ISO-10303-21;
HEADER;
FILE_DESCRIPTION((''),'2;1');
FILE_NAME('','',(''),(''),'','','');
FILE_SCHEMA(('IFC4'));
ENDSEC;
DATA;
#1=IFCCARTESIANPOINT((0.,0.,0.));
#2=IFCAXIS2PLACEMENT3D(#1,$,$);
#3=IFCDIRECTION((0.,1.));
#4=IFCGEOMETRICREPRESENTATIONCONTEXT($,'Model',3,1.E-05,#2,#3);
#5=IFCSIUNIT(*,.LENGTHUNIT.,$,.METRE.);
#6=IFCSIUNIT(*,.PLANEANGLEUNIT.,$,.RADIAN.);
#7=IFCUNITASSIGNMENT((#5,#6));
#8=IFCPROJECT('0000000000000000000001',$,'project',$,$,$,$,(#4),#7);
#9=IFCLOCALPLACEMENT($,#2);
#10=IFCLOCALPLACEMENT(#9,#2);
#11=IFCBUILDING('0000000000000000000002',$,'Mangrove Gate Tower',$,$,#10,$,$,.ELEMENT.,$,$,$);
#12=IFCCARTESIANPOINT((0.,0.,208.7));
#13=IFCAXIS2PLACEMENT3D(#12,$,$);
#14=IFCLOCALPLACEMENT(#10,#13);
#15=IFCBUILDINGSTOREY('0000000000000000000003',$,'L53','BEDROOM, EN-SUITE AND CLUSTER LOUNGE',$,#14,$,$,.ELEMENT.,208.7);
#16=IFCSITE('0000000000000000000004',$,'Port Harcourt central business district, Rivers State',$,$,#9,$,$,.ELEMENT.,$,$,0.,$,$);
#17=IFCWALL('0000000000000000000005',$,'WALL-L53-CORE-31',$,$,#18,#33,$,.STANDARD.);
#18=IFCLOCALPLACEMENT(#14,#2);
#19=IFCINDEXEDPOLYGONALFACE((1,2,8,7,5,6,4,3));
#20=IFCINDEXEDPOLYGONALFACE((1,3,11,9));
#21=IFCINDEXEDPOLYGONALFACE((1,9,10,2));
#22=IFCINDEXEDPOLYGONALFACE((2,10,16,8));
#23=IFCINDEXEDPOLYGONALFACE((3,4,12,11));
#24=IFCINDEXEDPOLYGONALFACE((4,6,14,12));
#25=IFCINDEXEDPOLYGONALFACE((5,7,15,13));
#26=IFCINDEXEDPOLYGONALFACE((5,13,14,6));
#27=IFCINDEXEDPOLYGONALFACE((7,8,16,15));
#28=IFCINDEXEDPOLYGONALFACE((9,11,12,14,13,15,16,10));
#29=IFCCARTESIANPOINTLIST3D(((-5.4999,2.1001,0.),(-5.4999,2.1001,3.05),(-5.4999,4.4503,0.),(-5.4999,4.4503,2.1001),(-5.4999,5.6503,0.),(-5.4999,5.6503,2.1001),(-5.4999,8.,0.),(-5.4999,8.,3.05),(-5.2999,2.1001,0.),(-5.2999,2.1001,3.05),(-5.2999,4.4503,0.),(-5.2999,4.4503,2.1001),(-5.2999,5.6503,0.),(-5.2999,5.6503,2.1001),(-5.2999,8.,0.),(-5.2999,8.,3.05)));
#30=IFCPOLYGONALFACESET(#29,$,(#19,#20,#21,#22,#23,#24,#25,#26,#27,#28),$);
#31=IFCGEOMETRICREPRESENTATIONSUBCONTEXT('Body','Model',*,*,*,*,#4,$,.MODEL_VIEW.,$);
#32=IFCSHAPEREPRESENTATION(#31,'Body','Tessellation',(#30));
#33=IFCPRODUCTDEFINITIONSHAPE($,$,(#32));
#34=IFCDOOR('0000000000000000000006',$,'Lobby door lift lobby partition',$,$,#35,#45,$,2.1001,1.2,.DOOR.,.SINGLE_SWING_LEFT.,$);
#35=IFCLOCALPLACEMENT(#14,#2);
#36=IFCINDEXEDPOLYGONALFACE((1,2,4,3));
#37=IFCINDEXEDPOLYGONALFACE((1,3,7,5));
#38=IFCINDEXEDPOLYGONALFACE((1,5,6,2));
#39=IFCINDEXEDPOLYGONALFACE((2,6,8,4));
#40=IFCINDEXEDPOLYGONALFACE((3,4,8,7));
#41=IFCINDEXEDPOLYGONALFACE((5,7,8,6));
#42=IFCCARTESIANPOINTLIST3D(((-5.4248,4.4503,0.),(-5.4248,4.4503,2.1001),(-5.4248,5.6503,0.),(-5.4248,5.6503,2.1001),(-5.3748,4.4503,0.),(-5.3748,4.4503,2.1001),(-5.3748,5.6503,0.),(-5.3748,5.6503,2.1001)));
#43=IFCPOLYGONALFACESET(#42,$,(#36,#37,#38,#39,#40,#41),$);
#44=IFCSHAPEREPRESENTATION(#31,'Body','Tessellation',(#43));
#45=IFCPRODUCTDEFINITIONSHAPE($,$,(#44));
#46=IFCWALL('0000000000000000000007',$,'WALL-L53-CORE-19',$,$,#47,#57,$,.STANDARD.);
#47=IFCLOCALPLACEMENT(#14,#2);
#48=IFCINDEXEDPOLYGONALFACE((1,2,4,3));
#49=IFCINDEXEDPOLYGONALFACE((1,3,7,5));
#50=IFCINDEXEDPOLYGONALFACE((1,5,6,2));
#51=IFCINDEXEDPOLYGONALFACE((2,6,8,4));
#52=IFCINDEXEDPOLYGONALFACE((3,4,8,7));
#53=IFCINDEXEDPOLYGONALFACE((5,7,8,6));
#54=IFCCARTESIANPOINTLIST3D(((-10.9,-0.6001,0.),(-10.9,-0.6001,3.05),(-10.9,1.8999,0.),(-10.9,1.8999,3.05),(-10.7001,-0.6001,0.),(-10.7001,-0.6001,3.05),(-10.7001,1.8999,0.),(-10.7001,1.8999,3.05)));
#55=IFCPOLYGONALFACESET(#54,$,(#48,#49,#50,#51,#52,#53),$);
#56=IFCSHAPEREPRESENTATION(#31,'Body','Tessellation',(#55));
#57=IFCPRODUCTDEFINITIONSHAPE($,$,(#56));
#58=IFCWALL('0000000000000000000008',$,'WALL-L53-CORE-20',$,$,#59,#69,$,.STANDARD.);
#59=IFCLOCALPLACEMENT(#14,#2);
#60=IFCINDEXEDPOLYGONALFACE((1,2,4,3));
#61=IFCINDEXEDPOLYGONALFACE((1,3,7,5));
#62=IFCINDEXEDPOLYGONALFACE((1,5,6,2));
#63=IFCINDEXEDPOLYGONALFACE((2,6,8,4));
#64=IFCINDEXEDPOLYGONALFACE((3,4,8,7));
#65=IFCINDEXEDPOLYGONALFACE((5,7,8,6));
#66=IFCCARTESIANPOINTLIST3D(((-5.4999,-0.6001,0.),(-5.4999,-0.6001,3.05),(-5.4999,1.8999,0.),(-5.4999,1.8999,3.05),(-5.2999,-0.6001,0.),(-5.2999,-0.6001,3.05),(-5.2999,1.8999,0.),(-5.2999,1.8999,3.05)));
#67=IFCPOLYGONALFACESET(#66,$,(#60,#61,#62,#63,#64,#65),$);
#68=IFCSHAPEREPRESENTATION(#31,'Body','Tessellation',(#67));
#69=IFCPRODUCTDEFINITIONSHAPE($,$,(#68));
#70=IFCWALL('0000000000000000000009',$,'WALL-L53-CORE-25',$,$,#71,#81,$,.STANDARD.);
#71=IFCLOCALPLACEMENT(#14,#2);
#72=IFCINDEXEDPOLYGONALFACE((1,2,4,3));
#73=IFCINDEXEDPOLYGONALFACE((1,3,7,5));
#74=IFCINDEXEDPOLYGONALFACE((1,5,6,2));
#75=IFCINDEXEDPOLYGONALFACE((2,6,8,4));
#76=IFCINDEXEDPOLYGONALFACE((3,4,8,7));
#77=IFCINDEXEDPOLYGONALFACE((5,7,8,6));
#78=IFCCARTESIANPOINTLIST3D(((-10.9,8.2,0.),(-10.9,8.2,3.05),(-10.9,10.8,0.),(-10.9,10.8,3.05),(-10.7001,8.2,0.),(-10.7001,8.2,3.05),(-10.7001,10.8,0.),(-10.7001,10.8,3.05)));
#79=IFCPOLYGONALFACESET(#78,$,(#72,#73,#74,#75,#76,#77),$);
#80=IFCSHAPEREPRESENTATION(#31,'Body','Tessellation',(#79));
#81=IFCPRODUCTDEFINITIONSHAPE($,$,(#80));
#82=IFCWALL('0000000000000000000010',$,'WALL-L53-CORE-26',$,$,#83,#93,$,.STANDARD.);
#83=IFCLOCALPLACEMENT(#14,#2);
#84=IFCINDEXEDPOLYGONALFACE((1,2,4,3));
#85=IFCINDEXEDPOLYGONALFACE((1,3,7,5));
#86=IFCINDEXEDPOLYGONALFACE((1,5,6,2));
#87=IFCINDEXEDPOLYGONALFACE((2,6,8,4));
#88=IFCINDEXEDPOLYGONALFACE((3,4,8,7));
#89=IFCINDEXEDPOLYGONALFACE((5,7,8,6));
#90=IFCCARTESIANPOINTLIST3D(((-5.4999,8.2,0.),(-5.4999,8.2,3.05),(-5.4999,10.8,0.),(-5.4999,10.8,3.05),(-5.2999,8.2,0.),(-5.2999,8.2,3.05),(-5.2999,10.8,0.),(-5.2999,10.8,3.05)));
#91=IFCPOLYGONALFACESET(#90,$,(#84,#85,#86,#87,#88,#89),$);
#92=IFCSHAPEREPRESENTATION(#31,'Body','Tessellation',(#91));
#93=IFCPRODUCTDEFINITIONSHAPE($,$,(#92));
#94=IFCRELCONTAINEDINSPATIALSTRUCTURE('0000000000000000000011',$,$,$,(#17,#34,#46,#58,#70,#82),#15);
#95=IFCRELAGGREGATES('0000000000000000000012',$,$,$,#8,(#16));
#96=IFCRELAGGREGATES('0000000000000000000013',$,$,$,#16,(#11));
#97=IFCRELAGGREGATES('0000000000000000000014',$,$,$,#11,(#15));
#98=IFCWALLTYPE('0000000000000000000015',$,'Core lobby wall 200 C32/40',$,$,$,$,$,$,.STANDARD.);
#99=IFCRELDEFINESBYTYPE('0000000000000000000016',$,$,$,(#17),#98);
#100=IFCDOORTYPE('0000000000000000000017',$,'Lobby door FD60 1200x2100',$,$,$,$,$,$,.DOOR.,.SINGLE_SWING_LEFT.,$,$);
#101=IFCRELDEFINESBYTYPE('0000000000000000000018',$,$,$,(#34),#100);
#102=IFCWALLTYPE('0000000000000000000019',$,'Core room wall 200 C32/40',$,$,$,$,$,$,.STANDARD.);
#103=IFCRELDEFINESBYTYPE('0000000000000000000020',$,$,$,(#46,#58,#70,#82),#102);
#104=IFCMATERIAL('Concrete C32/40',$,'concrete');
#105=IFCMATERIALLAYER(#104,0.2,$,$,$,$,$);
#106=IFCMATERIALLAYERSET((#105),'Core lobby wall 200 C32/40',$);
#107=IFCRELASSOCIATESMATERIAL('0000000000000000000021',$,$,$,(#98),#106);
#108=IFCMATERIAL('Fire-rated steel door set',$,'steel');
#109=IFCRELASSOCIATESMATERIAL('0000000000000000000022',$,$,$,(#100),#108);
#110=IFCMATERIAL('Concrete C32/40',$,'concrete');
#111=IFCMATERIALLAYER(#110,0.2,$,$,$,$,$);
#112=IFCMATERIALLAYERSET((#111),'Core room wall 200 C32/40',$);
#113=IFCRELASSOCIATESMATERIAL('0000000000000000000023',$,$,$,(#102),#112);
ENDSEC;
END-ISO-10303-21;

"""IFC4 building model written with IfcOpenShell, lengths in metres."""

from ifc_helpers import new_model, si_unit, direction, frame, frame_2d, origin, place, context, subcontext, project, spatial, rectangle, extrude, material, layer, layer_set, type_object, element, fill, save


model = new_model("IFC4")

# Units and contexts
model_context = context("Model", 3, precision=1e-05, world=origin(), true_north=direction((0.0, 1.0)))
body_context = subcontext(model_context, "Body", "Model", "MODEL_VIEW")
ifc_project = project(units=[si_unit("LENGTHUNIT", "METRE"), si_unit("PLANEANGLEUNIT", "RADIAN")], contexts=[model_context])

# Site, building, storey
site_placement = place(None, origin())
site = spatial("IfcSite", under=ifc_project, at=site_placement, Name="Port Harcourt central business district, Rivers State", CompositionType="ELEMENT", RefElevation=0.0)
building_placement = place(site_placement, origin())
building = spatial("IfcBuilding", under=site, at=building_placement, Name="Mangrove Gate Tower", CompositionType="ELEMENT")
storey_placement = place(building_placement, frame((0.0, 0.0, 208.7)))
storey = spatial("IfcBuildingStorey", under=building, at=storey_placement, Name="L53", Description="BEDROOM, EN-SUITE AND CLUSTER LOUNGE", CompositionType="ELEMENT", Elevation=208.7)

# Wall, opening, door
ifc_material_1 = material(Name="Concrete C32/40", Category="concrete")
ifc_layer_1 = layer(ifc_material_1, 0.2)
ifc_layer_set_1 = layer_set([ifc_layer_1], Name="Core lobby wall 200 C32/40")
wall_type_1 = type_object("IfcWallType", Name="Core lobby wall 200 C32/40", PredefinedType="STANDARD", material=ifc_layer_set_1)
wall_1_placement = place(storey_placement, frame((-5.3999, 2.1001, 0.0), z_axis=(0.0, 0.0, 1.0), x_axis=(0.0, 1.0, 0.0)))
wall_1 = element("IfcWall", 1, at=wall_1_placement, inside=storey, type_object=wall_type_1, Name="WALL-L53-CORE-31", PredefinedType="STANDARD", context=body_context, shape_type="SweptSolid", body=[
    extrude(rectangle(XDim=5.8999, YDim=0.2, at=frame_2d((2.95, 0.0))), origin(), (0.0, 0.0, 1.0), 3.05),
])
opening_1_placement = place(wall_1_placement, frame((2.3501, 0.0, 0.0)))
opening_1 = element("IfcOpeningElement", 2, at=opening_1_placement, cuts=wall_1, PredefinedType="OPENING", context=body_context, shape_type="SweptSolid", body=[
    extrude(rectangle(XDim=1.2, YDim=2.1001, at=frame_2d((0.6001, 1.05))), frame((0.0, 0.1099, 0.0), z_axis=(0.0, -1.0, 0.0), x_axis=(1.0, 0.0, 0.0)), (0.0, 0.0, 1.0), 0.22),
])
ifc_material_2 = material(Name="Fire-rated steel door set", Category="steel")
door_type_1 = type_object("IfcDoorType", Name="Lobby door FD60 1200x2100", OperationType="SINGLE_SWING_LEFT", PredefinedType="DOOR", material=ifc_material_2)
door_1_placement = place(opening_1_placement, origin())
door_1 = element("IfcDoor", 3, at=door_1_placement, inside=storey, type_object=door_type_1, Name="Lobby door lift lobby partition", OperationType="SINGLE_SWING_LEFT", OverallHeight=2.1001, OverallWidth=1.2, PredefinedType="DOOR", context=body_context, shape_type="SweptSolid", body=[
    extrude(rectangle(XDim=1.2, YDim=2.1001, at=frame_2d((0.6001, 1.05))), frame((0.0, 0.0249, 0.0), z_axis=(0.0, -1.0, 0.0), x_axis=(1.0, 0.0, 0.0)), (0.0, 0.0, 1.0), 0.05),
])
fill(opening_1, door_1)

# Walls
ifc_material_3 = material(Name="Concrete C32/40", Category="concrete")
ifc_layer_2 = layer(ifc_material_3, 0.2)
ifc_layer_set_2 = layer_set([ifc_layer_2], Name="Core room wall 200 C32/40")
wall_type_2 = type_object("IfcWallType", Name="Core room wall 200 C32/40", PredefinedType="STANDARD", material=ifc_layer_set_2)
for number, where, z_axis, x_axis, name in (
    (4, (-10.8, -0.6001, 0.0), (0.0, 0.0, 1.0), (0.0, 1.0, 0.0), "WALL-L53-CORE-19"),
    (5, (-5.3999, -0.6001, 0.0), (0.0, 0.0, 1.0), (0.0, 1.0, 0.0), "WALL-L53-CORE-20"),
):
    element("IfcWall", number, at=place(storey_placement, frame(where, z_axis=z_axis, x_axis=x_axis)), inside=storey, type_object=wall_type_2, Name=name, PredefinedType="STANDARD", context=body_context, shape_type="SweptSolid", body=[
        extrude(rectangle(XDim=2.5, YDim=0.2, at=frame_2d((1.25, 0.0))), origin(), (0.0, 0.0, 1.0), 3.05),
    ])
for number, where, z_axis, x_axis, name in (
    (6, (-10.8, 8.2, 0.0), (0.0, 0.0, 1.0), (0.0, 1.0, 0.0), "WALL-L53-CORE-25"),
    (7, (-5.3999, 8.2, 0.0), (0.0, 0.0, 1.0), (0.0, 1.0, 0.0), "WALL-L53-CORE-26"),
):
    element("IfcWall", number, at=place(storey_placement, frame(where, z_axis=z_axis, x_axis=x_axis)), inside=storey, type_object=wall_type_2, Name=name, PredefinedType="STANDARD", context=body_context, shape_type="SweptSolid", body=[
        extrude(rectangle(XDim=2.6001, YDim=0.2, at=frame_2d((1.3, 0.0))), origin(), (0.0, 0.0, 1.0), 3.05),
    ])

save(model, "model.ifc")
